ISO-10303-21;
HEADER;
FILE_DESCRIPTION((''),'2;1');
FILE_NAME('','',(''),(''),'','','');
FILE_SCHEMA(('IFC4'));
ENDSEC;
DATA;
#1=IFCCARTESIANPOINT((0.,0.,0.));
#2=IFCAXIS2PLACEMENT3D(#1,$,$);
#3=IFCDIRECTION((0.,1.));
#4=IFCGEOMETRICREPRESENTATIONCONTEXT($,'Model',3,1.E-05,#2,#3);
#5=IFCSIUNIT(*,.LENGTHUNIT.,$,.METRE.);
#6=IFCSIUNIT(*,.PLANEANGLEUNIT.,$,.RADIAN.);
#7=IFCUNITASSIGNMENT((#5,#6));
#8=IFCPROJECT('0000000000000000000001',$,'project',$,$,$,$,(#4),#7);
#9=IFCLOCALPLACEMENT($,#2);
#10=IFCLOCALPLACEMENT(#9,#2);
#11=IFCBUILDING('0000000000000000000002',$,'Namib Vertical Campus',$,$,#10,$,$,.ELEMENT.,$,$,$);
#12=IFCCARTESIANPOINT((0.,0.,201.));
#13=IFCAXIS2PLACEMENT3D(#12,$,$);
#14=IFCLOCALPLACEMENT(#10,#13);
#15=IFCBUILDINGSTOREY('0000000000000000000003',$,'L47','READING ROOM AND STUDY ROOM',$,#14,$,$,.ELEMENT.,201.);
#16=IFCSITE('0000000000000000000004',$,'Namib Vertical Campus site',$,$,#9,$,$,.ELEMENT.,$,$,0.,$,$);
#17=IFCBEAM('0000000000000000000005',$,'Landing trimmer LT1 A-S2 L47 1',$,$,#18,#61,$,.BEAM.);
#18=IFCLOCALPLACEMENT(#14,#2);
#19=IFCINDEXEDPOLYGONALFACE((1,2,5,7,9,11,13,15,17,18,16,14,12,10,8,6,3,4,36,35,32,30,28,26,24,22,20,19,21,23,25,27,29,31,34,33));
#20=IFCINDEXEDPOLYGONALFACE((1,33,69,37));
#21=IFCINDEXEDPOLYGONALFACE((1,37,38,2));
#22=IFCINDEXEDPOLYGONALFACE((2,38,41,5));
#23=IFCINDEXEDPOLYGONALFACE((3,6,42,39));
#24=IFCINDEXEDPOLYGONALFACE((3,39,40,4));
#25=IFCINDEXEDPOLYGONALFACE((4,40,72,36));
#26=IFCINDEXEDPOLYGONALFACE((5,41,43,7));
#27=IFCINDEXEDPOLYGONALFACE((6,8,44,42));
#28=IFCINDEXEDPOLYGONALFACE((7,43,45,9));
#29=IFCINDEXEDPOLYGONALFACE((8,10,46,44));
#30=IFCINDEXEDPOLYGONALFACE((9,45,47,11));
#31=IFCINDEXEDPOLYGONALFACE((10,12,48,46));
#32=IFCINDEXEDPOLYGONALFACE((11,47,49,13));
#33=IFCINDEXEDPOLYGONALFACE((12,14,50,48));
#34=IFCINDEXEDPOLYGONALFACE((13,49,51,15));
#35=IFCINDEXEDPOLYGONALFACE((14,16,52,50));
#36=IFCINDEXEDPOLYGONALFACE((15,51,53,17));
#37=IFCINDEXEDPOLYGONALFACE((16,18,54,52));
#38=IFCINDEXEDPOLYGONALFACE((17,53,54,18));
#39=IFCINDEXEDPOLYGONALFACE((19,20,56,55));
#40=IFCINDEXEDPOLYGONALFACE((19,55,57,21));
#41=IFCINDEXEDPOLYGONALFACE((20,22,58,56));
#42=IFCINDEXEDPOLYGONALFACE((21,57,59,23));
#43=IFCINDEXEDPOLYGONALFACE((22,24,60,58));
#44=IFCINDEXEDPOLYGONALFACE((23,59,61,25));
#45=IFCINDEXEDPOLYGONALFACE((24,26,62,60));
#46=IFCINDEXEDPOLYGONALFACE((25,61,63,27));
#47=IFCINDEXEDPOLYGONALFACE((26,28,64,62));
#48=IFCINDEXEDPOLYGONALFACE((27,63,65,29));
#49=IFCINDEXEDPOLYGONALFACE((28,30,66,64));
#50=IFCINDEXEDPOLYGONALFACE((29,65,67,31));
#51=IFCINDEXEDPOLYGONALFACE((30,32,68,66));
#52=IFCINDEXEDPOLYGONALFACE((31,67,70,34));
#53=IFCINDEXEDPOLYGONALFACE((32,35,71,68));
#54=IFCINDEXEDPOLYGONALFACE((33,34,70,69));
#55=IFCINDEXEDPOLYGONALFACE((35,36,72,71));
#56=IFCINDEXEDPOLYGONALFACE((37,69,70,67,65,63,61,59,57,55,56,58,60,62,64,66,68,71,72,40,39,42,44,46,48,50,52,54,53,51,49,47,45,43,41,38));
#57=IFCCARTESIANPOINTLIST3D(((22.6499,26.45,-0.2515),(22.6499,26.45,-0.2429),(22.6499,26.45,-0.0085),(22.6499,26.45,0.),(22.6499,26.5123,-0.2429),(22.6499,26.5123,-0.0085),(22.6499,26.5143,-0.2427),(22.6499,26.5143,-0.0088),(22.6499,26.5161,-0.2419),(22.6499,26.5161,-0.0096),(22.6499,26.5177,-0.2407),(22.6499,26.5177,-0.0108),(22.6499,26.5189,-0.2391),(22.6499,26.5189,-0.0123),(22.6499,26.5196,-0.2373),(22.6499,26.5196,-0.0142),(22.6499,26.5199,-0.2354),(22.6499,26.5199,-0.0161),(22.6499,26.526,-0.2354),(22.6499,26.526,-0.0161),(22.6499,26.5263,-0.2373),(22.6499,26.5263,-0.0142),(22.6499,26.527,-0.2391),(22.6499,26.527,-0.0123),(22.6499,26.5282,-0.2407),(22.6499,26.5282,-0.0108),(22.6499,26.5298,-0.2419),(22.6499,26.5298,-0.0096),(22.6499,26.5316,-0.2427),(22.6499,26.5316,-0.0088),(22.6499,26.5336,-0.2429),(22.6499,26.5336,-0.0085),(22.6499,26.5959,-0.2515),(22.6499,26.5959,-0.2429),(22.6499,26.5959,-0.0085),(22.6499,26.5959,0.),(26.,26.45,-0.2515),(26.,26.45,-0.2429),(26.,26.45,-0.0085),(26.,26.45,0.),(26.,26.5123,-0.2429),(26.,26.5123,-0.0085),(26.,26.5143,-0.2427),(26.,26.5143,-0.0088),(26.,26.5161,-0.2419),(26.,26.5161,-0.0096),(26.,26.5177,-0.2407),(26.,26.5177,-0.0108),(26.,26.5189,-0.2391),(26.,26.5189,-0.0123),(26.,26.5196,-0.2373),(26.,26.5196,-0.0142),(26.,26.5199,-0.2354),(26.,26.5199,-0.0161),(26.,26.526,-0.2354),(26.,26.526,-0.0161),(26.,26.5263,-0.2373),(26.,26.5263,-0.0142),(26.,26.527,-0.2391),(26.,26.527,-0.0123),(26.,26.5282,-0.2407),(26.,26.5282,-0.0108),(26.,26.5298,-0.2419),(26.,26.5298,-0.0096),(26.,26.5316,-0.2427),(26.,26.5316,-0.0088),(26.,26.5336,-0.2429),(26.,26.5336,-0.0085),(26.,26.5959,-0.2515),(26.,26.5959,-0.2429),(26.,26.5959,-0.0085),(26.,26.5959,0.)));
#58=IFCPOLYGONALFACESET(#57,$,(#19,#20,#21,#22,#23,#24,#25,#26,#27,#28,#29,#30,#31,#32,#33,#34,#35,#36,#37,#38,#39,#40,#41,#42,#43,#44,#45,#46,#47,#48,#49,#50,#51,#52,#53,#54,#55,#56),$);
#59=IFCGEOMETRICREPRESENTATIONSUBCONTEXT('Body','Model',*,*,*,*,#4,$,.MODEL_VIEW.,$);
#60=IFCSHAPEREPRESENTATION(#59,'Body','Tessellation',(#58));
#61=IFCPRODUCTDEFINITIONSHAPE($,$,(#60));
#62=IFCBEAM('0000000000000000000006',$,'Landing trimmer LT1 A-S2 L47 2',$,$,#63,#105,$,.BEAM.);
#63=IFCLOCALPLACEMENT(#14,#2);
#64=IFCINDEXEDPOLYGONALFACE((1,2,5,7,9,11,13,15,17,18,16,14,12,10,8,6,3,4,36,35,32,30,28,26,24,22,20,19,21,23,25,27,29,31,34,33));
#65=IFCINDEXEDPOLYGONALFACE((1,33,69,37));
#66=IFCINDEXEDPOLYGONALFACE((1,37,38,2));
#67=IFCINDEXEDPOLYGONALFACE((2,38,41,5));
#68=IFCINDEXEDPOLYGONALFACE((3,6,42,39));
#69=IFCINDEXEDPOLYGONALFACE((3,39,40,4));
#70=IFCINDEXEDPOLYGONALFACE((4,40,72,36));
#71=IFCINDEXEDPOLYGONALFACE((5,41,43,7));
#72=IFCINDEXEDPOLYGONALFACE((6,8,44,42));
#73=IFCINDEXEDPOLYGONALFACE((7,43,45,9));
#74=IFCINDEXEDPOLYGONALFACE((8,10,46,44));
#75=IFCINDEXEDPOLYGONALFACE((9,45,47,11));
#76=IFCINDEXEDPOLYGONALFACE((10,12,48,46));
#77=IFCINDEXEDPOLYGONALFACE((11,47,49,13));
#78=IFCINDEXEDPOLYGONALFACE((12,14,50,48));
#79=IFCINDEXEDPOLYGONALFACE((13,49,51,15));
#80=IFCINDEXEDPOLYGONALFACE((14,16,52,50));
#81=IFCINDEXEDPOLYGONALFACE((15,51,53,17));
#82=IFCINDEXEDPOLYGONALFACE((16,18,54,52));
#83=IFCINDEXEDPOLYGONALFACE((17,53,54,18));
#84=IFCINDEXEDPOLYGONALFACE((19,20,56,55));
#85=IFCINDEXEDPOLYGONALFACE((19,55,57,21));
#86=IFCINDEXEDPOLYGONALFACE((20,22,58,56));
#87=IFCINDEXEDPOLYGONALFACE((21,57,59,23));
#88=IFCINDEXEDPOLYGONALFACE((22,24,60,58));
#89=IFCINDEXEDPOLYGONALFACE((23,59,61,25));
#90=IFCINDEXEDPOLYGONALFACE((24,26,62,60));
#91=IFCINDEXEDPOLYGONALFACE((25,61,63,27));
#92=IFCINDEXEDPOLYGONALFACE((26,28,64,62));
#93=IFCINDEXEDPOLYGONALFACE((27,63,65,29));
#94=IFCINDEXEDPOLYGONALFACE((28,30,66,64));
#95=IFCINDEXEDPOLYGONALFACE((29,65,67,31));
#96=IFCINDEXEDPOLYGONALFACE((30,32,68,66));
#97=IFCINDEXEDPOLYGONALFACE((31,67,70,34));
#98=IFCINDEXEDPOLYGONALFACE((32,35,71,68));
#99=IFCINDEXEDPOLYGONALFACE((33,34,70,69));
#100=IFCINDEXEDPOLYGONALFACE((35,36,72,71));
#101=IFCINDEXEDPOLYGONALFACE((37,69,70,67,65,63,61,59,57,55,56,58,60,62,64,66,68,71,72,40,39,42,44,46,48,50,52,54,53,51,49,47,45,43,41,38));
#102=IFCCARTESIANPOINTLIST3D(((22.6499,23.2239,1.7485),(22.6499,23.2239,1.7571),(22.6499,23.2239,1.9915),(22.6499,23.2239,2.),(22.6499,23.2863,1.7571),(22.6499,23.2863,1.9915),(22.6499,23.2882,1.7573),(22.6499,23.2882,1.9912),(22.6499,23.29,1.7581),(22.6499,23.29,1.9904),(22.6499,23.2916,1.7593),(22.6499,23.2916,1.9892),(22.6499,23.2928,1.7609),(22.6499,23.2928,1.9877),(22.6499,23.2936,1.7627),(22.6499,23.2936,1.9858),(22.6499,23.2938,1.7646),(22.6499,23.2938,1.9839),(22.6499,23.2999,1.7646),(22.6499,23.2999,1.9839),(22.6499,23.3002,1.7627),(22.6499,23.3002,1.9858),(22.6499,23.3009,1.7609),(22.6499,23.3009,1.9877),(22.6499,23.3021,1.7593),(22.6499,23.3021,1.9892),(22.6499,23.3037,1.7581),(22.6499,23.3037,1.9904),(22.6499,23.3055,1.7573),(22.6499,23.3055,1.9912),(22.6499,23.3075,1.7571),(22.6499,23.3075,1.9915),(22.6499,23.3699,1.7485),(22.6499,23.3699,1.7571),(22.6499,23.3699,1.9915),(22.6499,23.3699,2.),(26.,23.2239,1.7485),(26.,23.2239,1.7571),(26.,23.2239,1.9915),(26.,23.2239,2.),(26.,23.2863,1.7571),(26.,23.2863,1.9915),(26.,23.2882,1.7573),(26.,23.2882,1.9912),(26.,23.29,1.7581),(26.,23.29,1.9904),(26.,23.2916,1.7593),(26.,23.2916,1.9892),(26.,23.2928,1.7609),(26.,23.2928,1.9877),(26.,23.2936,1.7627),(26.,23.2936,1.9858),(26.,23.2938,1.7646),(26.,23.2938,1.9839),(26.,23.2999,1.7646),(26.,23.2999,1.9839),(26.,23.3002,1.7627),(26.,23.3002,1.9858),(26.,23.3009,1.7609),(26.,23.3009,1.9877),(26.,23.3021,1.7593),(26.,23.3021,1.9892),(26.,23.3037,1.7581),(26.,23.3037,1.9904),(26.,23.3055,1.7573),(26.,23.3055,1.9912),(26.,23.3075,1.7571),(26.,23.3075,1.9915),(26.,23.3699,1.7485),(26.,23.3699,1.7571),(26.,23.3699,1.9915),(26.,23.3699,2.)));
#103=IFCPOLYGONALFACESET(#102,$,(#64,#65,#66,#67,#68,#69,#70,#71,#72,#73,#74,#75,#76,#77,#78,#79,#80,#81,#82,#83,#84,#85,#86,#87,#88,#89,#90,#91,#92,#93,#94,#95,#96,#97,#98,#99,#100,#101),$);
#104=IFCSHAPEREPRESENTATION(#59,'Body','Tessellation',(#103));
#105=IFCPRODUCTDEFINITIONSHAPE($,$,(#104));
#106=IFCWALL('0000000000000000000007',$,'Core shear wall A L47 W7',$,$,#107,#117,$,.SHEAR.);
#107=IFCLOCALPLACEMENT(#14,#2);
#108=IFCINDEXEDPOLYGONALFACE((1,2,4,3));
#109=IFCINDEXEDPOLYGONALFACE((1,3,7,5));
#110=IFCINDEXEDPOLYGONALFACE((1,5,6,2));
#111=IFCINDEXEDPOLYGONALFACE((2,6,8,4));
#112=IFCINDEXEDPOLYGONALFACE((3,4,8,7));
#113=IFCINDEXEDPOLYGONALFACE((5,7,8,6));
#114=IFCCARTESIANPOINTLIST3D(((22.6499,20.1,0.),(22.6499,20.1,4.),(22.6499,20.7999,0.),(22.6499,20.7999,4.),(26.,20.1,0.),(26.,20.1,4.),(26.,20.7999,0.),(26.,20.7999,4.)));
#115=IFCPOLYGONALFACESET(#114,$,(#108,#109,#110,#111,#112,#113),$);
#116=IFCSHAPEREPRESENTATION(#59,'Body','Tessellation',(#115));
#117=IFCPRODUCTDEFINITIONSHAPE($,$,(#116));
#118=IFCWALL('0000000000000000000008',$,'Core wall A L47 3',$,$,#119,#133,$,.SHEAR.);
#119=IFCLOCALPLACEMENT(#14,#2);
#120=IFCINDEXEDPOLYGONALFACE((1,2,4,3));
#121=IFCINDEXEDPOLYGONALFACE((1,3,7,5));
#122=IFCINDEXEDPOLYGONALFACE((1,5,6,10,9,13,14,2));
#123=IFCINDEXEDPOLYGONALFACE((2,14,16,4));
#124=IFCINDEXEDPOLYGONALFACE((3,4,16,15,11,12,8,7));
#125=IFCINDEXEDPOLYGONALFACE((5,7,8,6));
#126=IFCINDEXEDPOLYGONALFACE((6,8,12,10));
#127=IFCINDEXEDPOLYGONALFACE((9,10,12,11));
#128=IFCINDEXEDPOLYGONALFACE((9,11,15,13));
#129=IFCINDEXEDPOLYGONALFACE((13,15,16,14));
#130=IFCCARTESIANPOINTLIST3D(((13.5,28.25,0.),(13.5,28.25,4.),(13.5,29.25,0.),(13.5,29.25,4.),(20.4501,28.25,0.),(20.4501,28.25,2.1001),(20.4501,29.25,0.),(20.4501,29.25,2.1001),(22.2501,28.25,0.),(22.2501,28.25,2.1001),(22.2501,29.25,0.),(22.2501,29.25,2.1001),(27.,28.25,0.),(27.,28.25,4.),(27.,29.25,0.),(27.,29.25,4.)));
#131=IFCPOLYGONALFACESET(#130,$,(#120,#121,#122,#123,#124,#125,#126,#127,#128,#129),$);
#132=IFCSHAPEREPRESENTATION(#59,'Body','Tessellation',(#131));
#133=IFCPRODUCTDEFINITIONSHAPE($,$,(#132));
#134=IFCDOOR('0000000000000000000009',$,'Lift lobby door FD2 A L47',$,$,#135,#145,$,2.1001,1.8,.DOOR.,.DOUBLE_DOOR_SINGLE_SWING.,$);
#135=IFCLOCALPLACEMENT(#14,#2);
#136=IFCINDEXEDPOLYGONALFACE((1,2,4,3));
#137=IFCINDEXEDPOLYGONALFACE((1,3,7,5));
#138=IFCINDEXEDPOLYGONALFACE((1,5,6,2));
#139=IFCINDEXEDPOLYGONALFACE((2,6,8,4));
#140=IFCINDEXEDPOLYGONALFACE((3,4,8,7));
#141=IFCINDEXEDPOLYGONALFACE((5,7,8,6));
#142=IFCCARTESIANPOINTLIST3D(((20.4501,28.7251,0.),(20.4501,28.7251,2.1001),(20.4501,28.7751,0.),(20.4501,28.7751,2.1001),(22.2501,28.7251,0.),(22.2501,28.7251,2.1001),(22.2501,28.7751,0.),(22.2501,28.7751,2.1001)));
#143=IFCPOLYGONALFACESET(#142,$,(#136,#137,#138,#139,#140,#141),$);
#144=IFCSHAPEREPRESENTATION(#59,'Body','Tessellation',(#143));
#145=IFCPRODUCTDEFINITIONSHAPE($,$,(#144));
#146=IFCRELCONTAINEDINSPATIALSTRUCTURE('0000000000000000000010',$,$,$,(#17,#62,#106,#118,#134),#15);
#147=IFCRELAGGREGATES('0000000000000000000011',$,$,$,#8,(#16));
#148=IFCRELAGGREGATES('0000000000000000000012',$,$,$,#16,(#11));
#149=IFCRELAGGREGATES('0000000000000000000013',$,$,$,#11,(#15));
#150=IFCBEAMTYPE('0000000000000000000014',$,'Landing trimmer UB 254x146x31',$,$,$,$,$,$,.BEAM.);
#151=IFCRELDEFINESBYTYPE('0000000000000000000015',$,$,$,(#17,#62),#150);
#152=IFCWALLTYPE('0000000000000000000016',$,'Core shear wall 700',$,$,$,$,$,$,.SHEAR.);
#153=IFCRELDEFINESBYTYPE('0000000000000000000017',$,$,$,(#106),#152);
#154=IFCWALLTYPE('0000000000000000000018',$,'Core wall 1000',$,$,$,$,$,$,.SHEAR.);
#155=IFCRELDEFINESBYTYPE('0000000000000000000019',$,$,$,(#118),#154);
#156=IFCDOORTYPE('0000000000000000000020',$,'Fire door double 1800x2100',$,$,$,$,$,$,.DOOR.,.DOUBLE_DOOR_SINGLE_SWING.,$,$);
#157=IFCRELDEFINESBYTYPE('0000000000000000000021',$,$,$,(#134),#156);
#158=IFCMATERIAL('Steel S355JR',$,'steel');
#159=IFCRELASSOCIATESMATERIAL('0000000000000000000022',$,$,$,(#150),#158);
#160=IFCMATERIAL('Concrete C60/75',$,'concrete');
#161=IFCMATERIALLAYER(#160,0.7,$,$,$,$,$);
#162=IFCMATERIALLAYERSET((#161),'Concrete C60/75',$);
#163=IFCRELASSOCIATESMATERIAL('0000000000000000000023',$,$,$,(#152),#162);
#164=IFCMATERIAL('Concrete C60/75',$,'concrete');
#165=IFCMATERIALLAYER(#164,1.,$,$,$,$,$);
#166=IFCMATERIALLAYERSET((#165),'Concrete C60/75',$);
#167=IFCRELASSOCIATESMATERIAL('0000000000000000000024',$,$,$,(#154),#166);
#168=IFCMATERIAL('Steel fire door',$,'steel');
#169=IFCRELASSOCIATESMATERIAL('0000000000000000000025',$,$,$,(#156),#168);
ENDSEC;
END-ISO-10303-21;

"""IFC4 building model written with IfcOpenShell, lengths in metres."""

from ifc_helpers import new_model, si_unit, direction, frame, frame_2d, origin, origin_2d, place, context, subcontext, project, spatial, rectangle, i_section, extrude, material, layer, layer_set, material_profile, profile_set, type_object, element, fill, save


model = new_model("IFC4")

# Units and contexts
model_context = context("Model", 3, precision=1e-05, world=origin(), true_north=direction((0.0, 1.0)))
body_context = subcontext(model_context, "Body", "Model", "MODEL_VIEW")
ifc_project = project(units=[si_unit("LENGTHUNIT", "METRE"), si_unit("PLANEANGLEUNIT", "RADIAN")], contexts=[model_context])

# Site, building, storey
site_placement = place(None, origin())
site = spatial("IfcSite", under=ifc_project, at=site_placement, Name="Namib Vertical Campus site", CompositionType="ELEMENT", RefElevation=0.0)
building_placement = place(site_placement, origin())
building = spatial("IfcBuilding", under=site, at=building_placement, Name="Namib Vertical Campus", CompositionType="ELEMENT")
storey_placement = place(building_placement, frame((0.0, 0.0, 201.0)))
storey = spatial("IfcBuildingStorey", under=building, at=storey_placement, Name="L47", Description="READING ROOM AND STUDY ROOM", CompositionType="ELEMENT", Elevation=201.0)

# Beams
ifc_material_1 = material(Name="Steel S355JR", Category="steel")
ifc_material_profile = material_profile(ifc_material_1, i_section(OverallWidth=0.146, OverallDepth=0.2515, WebThickness=0.0061, FlangeThickness=0.0085, FilletRadius=0.0076, at=origin_2d()))
ifc_profile_set = profile_set([ifc_material_profile], Name="Steel S355JR")
beam_type = type_object("IfcBeamType", Name="Landing trimmer UB 254x146x31", PredefinedType="BEAM", material=ifc_profile_set)
for number, where, z_axis, x_axis, name in (
    (1, (22.6499, 26.5229, -0.1257), (1.0, 0.0, 0.0), (0.0, 1.0, 0.0), "Landing trimmer LT1 A-S2 L47 1"),
    (2, (22.6499, 23.2969, 1.8743), (1.0, 0.0, 0.0), (0.0, 1.0, 0.0), "Landing trimmer LT1 A-S2 L47 2"),
):
    element("IfcBeam", number, at=place(storey_placement, frame(where, z_axis=z_axis, x_axis=x_axis)), inside=storey, type_object=beam_type, Name=name, PredefinedType="BEAM", context=body_context, shape_type="SweptSolid", body=[
        extrude(i_section(OverallWidth=0.146, OverallDepth=0.2515, WebThickness=0.0061, FlangeThickness=0.0085, FilletRadius=0.0076, at=origin_2d()), origin(), (0.0, 0.0, 1.0), 3.3501),
    ])

# Wall
ifc_material_2 = material(Name="Concrete C60/75", Category="concrete")
ifc_layer_1 = layer(ifc_material_2, 0.7)
ifc_layer_set_1 = layer_set([ifc_layer_1], Name="Concrete C60/75")
wall_type_1 = type_object("IfcWallType", Name="Core shear wall 700", PredefinedType="SHEAR", material=ifc_layer_set_1)
wall_1_placement = place(storey_placement, frame((22.6499, 20.45, 0.0), z_axis=(0.0, 0.0, 1.0), x_axis=(1.0, 0.0, 0.0)))
element("IfcWall", 3, at=wall_1_placement, inside=storey, type_object=wall_type_1, Name="Core shear wall A L47 W7", PredefinedType="SHEAR", context=body_context, shape_type="SweptSolid", body=[
    extrude(rectangle(XDim=3.3501, YDim=0.7, at=frame_2d((1.675, 0.0))), origin(), (0.0, 0.0, 1.0), 4.0),
])

# Wall, opening, door
ifc_material_3 = material(Name="Concrete C60/75", Category="concrete")
ifc_layer_2 = layer(ifc_material_3, 1.0)
ifc_layer_set_2 = layer_set([ifc_layer_2], Name="Concrete C60/75")
wall_type_2 = type_object("IfcWallType", Name="Core wall 1000", PredefinedType="SHEAR", material=ifc_layer_set_2)
wall_2_placement = place(storey_placement, frame((27.0, 28.75, 0.0), z_axis=(0.0, 0.0, 1.0), x_axis=(-1.0, 0.0, 0.0)))
wall_2 = element("IfcWall", 4, at=wall_2_placement, inside=storey, type_object=wall_type_2, Name="Core wall A L47 3", PredefinedType="SHEAR", context=body_context, shape_type="SweptSolid", body=[
    extrude(rectangle(XDim=13.5, YDim=1.0, at=frame_2d((6.75, 0.0))), origin(), (0.0, 0.0, 1.0), 4.0),
])
opening_1_placement = place(wall_2_placement, frame((4.75, 0.0, 0.0)))
opening_1 = element("IfcOpeningElement", 5, at=opening_1_placement, cuts=wall_2, PredefinedType="OPENING", context=body_context, shape_type="SweptSolid", body=[
    extrude(rectangle(XDim=1.8, YDim=2.1001, at=frame_2d((0.8999, 1.05))), frame((0.0, 0.51, 0.0), z_axis=(0.0, -1.0, 0.0), x_axis=(1.0, 0.0, 0.0)), (0.0, 0.0, 1.0), 1.02),
])
ifc_material_4 = material(Name="Steel fire door", Category="steel")
door_type_1 = type_object("IfcDoorType", Name="Fire door double 1800x2100", OperationType="DOUBLE_DOOR_SINGLE_SWING", PredefinedType="DOOR", material=ifc_material_4)
door_1_placement = place(opening_1_placement, origin())
door_1 = element("IfcDoor", 6, at=door_1_placement, inside=storey, type_object=door_type_1, Name="Lift lobby door FD2 A L47", OperationType="DOUBLE_DOOR_SINGLE_SWING", OverallHeight=2.1001, OverallWidth=1.8, PredefinedType="DOOR", context=body_context, shape_type="SweptSolid", body=[
    extrude(rectangle(XDim=1.8, YDim=2.1001, at=frame_2d((0.8999, 1.05))), frame((0.0, 0.0249, 0.0), z_axis=(0.0, -1.0, 0.0), x_axis=(1.0, 0.0, 0.0)), (0.0, 0.0, 1.0), 0.05),
])
fill(opening_1, door_1)

save(model, "model.ifc")
